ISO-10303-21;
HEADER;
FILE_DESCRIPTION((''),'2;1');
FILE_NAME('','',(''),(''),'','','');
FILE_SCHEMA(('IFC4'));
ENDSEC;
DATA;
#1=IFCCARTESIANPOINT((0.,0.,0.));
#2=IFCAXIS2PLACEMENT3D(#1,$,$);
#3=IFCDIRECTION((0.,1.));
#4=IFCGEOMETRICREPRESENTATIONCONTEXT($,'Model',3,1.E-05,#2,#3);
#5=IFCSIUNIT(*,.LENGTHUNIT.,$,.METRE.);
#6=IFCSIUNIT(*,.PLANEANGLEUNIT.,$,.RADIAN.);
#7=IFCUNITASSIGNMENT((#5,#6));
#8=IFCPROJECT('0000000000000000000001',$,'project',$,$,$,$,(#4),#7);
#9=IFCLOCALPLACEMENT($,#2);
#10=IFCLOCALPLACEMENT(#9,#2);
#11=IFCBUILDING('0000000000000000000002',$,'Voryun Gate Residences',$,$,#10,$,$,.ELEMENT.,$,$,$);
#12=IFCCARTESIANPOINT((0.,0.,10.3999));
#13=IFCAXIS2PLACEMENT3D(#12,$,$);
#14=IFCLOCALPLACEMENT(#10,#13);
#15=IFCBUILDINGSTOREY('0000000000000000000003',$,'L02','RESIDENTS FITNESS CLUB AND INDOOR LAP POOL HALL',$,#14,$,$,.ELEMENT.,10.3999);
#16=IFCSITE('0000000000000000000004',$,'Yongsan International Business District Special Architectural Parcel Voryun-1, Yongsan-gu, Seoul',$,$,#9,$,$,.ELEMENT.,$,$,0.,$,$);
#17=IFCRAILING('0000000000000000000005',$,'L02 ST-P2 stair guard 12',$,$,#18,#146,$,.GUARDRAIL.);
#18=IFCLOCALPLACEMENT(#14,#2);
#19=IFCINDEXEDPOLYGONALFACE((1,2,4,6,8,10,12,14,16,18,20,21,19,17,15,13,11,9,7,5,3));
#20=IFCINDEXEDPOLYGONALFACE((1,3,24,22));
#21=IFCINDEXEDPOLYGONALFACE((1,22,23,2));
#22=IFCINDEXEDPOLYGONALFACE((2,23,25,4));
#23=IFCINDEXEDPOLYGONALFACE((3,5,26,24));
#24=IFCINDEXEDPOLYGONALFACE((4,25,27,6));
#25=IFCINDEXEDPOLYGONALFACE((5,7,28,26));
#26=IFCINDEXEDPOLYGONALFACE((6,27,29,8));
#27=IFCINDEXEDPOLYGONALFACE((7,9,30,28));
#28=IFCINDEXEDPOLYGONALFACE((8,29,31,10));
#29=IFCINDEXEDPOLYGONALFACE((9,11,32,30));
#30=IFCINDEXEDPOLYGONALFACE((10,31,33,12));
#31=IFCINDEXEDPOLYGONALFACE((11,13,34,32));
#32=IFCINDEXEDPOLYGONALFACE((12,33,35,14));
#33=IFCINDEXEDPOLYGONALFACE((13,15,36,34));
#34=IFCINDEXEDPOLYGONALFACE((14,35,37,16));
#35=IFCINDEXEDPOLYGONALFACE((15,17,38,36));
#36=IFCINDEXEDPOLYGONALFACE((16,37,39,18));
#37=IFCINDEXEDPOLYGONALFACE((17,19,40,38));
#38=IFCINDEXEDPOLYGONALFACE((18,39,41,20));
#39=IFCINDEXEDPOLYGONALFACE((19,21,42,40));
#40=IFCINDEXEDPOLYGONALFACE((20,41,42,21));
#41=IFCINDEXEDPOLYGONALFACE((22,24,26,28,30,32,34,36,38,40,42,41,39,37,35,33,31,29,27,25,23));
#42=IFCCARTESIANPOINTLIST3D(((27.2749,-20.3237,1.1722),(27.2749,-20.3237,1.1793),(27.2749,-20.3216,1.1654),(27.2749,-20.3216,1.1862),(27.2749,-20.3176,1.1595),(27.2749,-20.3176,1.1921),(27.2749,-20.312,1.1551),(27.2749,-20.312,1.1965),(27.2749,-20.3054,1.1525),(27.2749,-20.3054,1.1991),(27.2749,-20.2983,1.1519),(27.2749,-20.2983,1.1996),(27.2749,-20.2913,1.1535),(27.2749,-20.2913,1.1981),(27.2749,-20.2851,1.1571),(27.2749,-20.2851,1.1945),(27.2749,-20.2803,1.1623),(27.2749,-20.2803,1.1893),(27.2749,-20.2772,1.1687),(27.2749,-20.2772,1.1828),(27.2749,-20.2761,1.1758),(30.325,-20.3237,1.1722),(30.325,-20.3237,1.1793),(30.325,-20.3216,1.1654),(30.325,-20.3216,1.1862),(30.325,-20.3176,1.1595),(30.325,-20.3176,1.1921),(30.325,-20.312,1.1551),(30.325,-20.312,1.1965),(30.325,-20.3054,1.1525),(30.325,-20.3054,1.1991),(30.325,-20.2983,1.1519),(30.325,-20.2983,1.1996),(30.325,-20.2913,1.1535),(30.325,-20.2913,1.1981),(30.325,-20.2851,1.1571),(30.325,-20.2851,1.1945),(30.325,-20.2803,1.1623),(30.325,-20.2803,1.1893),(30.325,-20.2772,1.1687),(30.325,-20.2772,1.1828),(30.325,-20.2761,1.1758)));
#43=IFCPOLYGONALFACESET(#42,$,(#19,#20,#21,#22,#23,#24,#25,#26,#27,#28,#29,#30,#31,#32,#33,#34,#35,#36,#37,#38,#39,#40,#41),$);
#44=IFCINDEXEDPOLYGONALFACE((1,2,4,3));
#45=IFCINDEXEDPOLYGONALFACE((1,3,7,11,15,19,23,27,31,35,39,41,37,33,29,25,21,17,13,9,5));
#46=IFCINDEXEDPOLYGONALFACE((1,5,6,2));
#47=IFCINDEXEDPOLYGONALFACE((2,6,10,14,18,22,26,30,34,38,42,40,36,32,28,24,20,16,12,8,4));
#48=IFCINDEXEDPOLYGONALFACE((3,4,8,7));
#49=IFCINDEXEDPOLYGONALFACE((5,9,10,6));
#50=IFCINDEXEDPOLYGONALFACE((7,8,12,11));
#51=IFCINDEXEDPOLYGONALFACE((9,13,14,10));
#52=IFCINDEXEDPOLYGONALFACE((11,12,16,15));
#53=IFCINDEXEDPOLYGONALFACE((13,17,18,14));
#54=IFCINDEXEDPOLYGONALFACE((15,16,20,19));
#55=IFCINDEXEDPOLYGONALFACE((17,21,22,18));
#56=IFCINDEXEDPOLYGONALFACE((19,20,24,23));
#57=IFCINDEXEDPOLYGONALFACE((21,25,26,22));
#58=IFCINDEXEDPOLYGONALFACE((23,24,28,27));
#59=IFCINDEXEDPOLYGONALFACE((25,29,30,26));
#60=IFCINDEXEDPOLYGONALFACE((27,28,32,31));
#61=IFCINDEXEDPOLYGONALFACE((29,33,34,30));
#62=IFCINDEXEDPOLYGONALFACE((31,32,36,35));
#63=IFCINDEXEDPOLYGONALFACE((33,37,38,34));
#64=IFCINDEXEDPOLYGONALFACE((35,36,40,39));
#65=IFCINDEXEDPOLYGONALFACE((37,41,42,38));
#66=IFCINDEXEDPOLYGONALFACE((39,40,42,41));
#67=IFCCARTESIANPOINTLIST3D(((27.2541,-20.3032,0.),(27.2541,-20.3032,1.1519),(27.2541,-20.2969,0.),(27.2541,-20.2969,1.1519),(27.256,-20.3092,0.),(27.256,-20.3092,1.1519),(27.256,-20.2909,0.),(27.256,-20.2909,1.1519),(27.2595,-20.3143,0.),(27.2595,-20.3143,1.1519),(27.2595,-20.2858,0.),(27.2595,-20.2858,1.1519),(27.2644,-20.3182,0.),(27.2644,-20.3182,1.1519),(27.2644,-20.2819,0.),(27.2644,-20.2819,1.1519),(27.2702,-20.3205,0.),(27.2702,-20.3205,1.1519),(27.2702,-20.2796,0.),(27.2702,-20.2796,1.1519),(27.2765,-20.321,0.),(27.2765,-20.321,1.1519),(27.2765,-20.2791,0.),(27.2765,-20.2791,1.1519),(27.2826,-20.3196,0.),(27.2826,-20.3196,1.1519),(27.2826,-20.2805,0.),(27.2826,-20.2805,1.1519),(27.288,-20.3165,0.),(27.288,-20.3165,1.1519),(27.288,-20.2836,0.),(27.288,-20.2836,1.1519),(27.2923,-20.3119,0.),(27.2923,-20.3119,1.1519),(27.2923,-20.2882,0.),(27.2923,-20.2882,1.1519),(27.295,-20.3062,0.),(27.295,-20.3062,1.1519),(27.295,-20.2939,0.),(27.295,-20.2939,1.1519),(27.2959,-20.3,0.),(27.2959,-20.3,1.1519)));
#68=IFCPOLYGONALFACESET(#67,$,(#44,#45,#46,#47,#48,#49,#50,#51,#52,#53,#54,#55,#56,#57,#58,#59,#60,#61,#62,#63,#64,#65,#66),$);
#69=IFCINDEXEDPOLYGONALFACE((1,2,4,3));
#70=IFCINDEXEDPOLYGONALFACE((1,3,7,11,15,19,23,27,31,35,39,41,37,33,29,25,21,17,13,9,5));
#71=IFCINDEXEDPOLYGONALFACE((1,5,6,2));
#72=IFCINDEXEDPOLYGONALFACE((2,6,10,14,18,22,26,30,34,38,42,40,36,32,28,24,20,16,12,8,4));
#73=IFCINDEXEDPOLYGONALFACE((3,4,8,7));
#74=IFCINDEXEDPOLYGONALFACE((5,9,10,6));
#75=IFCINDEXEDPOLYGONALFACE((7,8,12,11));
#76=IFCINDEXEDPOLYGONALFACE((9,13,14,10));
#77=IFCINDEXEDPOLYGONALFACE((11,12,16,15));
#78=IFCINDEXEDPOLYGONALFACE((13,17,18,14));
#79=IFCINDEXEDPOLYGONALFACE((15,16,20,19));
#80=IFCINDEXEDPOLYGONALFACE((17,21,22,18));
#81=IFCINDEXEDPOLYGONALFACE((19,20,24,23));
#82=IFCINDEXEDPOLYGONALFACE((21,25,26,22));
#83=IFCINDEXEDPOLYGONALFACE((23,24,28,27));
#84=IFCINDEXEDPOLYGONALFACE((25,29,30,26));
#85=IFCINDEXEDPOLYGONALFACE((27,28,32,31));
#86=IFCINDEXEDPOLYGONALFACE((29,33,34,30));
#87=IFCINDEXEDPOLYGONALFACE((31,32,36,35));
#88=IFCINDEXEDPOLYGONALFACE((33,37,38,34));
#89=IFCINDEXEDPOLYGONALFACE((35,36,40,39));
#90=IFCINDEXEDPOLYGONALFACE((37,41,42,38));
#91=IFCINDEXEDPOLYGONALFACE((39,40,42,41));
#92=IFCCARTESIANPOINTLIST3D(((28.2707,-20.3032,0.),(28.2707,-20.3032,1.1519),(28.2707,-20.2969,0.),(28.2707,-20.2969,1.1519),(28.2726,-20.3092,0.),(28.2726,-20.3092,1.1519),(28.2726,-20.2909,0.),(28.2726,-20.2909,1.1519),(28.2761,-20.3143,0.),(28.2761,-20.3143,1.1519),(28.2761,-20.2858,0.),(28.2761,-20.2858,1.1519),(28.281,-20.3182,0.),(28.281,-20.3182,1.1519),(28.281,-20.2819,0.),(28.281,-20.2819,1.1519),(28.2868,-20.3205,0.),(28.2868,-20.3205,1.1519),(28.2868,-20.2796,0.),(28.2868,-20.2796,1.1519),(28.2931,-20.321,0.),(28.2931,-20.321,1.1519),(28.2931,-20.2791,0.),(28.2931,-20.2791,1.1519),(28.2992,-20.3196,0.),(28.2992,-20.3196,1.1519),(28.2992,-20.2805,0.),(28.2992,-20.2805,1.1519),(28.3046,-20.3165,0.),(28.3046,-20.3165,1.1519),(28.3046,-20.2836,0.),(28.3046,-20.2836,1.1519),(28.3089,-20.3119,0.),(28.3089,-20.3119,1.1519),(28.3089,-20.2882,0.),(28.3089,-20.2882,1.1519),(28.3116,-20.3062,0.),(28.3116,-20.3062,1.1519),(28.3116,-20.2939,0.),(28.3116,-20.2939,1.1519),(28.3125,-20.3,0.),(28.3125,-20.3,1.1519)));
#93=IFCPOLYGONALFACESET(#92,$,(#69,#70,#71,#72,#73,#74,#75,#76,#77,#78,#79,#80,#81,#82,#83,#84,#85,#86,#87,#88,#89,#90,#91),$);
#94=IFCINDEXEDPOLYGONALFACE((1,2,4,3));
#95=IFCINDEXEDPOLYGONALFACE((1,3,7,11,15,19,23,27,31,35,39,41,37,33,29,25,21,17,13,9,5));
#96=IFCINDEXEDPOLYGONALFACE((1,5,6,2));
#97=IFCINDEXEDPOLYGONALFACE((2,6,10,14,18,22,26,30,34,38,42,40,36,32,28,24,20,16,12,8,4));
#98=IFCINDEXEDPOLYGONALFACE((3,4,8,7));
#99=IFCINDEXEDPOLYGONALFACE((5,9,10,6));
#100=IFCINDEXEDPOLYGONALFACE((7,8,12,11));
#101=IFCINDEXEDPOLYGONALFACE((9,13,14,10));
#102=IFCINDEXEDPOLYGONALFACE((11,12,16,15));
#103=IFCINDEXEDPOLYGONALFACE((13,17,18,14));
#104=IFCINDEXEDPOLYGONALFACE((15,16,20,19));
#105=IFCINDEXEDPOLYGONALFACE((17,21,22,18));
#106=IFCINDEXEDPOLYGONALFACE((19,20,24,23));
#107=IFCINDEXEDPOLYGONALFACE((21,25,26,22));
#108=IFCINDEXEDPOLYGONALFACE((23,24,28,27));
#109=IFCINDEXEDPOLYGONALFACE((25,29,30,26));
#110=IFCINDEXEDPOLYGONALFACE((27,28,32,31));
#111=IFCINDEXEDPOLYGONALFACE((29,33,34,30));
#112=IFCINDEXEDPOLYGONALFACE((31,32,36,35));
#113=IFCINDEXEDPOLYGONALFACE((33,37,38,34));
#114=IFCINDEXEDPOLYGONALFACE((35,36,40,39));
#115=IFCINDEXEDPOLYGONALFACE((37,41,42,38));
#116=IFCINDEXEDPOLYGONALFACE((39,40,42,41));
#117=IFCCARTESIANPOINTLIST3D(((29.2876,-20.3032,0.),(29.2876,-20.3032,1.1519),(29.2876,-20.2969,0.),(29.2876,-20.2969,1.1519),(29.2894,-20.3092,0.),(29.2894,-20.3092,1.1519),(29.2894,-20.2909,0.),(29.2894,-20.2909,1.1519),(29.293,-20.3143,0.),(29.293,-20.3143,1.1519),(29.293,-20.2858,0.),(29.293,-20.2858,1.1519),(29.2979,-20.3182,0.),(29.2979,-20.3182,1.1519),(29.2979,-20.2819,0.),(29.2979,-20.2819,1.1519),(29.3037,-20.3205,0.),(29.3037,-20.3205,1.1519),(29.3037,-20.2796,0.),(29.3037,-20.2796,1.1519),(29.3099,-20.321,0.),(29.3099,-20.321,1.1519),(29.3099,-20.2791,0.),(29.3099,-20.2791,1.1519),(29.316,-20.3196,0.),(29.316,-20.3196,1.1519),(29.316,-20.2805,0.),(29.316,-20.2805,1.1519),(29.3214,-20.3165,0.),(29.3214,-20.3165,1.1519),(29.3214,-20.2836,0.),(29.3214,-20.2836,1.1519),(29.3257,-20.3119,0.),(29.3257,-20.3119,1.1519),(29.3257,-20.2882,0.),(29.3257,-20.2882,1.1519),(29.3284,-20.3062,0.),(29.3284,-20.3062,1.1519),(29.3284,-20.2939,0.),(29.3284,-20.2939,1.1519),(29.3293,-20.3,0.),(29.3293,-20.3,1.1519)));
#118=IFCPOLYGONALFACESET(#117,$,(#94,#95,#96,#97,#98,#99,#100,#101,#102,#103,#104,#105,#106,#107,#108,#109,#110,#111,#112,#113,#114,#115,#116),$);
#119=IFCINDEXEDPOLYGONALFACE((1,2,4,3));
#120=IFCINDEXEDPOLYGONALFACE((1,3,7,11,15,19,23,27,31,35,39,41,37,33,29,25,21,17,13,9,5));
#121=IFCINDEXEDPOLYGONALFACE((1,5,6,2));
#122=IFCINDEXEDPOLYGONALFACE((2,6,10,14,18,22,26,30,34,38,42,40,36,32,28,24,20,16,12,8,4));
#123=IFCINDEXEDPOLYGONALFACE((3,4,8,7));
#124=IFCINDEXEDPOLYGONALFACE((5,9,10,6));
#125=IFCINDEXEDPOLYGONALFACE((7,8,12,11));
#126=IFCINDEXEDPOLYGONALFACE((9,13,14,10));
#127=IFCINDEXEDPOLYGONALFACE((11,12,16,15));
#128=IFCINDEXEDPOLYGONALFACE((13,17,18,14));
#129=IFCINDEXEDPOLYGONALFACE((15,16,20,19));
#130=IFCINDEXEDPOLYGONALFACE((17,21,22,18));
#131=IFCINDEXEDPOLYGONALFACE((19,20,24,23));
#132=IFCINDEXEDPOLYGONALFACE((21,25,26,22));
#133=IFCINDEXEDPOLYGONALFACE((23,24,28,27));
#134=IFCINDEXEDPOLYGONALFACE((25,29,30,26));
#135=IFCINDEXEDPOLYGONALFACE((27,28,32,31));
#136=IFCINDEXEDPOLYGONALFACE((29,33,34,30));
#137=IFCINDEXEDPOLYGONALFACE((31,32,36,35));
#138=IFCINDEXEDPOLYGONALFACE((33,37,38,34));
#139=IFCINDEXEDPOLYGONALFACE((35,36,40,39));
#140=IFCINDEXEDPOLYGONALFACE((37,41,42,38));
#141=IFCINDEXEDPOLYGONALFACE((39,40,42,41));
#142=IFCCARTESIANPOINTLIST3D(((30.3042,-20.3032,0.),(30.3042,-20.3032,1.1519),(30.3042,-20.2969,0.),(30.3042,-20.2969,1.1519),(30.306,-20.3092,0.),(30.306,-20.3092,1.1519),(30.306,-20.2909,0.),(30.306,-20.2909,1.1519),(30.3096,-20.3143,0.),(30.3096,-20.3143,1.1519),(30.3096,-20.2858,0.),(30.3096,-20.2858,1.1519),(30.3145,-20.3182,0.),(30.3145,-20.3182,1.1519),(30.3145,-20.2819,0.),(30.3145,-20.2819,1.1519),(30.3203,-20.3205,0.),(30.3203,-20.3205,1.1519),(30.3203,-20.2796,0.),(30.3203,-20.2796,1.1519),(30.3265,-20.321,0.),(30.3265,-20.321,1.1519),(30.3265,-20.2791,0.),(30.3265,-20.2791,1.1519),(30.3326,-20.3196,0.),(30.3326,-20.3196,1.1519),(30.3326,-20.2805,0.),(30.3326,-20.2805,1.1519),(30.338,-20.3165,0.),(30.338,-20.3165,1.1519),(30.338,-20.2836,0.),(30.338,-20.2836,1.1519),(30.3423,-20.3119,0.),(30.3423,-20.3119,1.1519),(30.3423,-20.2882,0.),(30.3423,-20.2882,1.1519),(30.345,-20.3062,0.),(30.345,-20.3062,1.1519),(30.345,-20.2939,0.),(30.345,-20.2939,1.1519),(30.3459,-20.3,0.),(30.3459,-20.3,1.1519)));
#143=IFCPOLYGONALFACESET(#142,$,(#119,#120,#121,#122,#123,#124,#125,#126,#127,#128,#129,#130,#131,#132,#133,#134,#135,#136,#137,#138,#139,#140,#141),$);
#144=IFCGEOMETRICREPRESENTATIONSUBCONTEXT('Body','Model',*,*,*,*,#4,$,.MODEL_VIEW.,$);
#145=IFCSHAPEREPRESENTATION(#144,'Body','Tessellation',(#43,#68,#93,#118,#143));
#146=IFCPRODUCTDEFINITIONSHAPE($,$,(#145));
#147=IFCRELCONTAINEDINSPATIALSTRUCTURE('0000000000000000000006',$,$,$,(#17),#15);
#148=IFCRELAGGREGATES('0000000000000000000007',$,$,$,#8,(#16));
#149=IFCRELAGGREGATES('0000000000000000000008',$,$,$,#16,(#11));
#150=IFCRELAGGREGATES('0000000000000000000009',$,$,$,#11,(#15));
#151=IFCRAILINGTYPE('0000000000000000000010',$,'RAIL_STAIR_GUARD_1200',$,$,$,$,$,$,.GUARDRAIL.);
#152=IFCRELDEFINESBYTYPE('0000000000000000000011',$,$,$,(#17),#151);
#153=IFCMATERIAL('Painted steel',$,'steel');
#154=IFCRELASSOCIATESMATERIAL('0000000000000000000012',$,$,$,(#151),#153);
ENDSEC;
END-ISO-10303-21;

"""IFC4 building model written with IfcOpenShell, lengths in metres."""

from ifc_helpers import new_model, si_unit, direction, frame, origin, origin_2d, place, context, subcontext, project, spatial, circle, extrude, material, type_object, element, save


model = new_model("IFC4")

# Units and contexts
model_context = context("Model", 3, precision=1e-05, world=origin(), true_north=direction((0.0, 1.0)))
body_context = subcontext(model_context, "Body", "Model", "MODEL_VIEW")
ifc_project = project(units=[si_unit("LENGTHUNIT", "METRE"), si_unit("PLANEANGLEUNIT", "RADIAN")], contexts=[model_context])

# Site, building, storey
site_placement = place(None, origin())
site = spatial("IfcSite", under=ifc_project, at=site_placement, Name="Yongsan International Business District Special Architectural Parcel Voryun-1, Yongsan-gu, Seoul", CompositionType="ELEMENT", RefElevation=0.0)
building_placement = place(site_placement, origin())
building = spatial("IfcBuilding", under=site, at=building_placement, Name="Voryun Gate Residences", CompositionType="ELEMENT")
storey_placement = place(building_placement, frame((0.0, 0.0, 10.3999)))
storey = spatial("IfcBuildingStorey", under=building, at=storey_placement, Name="L02", Description="RESIDENTS FITNESS CLUB AND INDOOR LAP POOL HALL", CompositionType="ELEMENT", Elevation=10.3999)

# Railing
ifc_material_1 = material(Name="Painted steel", Category="steel")
railing_type_1 = type_object("IfcRailingType", Name="RAIL_STAIR_GUARD_1200", PredefinedType="GUARDRAIL", material=ifc_material_1)
railing_1_placement = place(storey_placement, frame((27.2749, -20.3, 0.0)))
element("IfcRailing", 1, at=railing_1_placement, inside=storey, type_object=railing_type_1, Name="L02 ST-P2 stair guard 12", PredefinedType="GUARDRAIL", context=body_context, shape_type="SweptSolid", body=[
    extrude(circle(Radius=0.0239, at=origin_2d()), frame((0.0, 0.0, 1.1758), z_axis=(1.0, 0.0, 0.0), x_axis=(0.0, 1.0, 0.0)), (0.0, 0.0, 1.0), 3.05),
    extrude(circle(Radius=0.021, at=origin_2d()), origin(), (0.0, 0.0, 1.0), 1.1519),
    extrude(circle(Radius=0.021, at=origin_2d()), frame((1.0166, 0.0, 0.0)), (0.0, 0.0, 1.0), 1.1519),
    extrude(circle(Radius=0.021, at=origin_2d()), frame((2.0334, 0.0, 0.0)), (0.0, 0.0, 1.0), 1.1519),
    extrude(circle(Radius=0.021, at=origin_2d()), frame((3.05, 0.0, 0.0)), (0.0, 0.0, 1.0), 1.1519),
])

save(model, "model.ifc")
